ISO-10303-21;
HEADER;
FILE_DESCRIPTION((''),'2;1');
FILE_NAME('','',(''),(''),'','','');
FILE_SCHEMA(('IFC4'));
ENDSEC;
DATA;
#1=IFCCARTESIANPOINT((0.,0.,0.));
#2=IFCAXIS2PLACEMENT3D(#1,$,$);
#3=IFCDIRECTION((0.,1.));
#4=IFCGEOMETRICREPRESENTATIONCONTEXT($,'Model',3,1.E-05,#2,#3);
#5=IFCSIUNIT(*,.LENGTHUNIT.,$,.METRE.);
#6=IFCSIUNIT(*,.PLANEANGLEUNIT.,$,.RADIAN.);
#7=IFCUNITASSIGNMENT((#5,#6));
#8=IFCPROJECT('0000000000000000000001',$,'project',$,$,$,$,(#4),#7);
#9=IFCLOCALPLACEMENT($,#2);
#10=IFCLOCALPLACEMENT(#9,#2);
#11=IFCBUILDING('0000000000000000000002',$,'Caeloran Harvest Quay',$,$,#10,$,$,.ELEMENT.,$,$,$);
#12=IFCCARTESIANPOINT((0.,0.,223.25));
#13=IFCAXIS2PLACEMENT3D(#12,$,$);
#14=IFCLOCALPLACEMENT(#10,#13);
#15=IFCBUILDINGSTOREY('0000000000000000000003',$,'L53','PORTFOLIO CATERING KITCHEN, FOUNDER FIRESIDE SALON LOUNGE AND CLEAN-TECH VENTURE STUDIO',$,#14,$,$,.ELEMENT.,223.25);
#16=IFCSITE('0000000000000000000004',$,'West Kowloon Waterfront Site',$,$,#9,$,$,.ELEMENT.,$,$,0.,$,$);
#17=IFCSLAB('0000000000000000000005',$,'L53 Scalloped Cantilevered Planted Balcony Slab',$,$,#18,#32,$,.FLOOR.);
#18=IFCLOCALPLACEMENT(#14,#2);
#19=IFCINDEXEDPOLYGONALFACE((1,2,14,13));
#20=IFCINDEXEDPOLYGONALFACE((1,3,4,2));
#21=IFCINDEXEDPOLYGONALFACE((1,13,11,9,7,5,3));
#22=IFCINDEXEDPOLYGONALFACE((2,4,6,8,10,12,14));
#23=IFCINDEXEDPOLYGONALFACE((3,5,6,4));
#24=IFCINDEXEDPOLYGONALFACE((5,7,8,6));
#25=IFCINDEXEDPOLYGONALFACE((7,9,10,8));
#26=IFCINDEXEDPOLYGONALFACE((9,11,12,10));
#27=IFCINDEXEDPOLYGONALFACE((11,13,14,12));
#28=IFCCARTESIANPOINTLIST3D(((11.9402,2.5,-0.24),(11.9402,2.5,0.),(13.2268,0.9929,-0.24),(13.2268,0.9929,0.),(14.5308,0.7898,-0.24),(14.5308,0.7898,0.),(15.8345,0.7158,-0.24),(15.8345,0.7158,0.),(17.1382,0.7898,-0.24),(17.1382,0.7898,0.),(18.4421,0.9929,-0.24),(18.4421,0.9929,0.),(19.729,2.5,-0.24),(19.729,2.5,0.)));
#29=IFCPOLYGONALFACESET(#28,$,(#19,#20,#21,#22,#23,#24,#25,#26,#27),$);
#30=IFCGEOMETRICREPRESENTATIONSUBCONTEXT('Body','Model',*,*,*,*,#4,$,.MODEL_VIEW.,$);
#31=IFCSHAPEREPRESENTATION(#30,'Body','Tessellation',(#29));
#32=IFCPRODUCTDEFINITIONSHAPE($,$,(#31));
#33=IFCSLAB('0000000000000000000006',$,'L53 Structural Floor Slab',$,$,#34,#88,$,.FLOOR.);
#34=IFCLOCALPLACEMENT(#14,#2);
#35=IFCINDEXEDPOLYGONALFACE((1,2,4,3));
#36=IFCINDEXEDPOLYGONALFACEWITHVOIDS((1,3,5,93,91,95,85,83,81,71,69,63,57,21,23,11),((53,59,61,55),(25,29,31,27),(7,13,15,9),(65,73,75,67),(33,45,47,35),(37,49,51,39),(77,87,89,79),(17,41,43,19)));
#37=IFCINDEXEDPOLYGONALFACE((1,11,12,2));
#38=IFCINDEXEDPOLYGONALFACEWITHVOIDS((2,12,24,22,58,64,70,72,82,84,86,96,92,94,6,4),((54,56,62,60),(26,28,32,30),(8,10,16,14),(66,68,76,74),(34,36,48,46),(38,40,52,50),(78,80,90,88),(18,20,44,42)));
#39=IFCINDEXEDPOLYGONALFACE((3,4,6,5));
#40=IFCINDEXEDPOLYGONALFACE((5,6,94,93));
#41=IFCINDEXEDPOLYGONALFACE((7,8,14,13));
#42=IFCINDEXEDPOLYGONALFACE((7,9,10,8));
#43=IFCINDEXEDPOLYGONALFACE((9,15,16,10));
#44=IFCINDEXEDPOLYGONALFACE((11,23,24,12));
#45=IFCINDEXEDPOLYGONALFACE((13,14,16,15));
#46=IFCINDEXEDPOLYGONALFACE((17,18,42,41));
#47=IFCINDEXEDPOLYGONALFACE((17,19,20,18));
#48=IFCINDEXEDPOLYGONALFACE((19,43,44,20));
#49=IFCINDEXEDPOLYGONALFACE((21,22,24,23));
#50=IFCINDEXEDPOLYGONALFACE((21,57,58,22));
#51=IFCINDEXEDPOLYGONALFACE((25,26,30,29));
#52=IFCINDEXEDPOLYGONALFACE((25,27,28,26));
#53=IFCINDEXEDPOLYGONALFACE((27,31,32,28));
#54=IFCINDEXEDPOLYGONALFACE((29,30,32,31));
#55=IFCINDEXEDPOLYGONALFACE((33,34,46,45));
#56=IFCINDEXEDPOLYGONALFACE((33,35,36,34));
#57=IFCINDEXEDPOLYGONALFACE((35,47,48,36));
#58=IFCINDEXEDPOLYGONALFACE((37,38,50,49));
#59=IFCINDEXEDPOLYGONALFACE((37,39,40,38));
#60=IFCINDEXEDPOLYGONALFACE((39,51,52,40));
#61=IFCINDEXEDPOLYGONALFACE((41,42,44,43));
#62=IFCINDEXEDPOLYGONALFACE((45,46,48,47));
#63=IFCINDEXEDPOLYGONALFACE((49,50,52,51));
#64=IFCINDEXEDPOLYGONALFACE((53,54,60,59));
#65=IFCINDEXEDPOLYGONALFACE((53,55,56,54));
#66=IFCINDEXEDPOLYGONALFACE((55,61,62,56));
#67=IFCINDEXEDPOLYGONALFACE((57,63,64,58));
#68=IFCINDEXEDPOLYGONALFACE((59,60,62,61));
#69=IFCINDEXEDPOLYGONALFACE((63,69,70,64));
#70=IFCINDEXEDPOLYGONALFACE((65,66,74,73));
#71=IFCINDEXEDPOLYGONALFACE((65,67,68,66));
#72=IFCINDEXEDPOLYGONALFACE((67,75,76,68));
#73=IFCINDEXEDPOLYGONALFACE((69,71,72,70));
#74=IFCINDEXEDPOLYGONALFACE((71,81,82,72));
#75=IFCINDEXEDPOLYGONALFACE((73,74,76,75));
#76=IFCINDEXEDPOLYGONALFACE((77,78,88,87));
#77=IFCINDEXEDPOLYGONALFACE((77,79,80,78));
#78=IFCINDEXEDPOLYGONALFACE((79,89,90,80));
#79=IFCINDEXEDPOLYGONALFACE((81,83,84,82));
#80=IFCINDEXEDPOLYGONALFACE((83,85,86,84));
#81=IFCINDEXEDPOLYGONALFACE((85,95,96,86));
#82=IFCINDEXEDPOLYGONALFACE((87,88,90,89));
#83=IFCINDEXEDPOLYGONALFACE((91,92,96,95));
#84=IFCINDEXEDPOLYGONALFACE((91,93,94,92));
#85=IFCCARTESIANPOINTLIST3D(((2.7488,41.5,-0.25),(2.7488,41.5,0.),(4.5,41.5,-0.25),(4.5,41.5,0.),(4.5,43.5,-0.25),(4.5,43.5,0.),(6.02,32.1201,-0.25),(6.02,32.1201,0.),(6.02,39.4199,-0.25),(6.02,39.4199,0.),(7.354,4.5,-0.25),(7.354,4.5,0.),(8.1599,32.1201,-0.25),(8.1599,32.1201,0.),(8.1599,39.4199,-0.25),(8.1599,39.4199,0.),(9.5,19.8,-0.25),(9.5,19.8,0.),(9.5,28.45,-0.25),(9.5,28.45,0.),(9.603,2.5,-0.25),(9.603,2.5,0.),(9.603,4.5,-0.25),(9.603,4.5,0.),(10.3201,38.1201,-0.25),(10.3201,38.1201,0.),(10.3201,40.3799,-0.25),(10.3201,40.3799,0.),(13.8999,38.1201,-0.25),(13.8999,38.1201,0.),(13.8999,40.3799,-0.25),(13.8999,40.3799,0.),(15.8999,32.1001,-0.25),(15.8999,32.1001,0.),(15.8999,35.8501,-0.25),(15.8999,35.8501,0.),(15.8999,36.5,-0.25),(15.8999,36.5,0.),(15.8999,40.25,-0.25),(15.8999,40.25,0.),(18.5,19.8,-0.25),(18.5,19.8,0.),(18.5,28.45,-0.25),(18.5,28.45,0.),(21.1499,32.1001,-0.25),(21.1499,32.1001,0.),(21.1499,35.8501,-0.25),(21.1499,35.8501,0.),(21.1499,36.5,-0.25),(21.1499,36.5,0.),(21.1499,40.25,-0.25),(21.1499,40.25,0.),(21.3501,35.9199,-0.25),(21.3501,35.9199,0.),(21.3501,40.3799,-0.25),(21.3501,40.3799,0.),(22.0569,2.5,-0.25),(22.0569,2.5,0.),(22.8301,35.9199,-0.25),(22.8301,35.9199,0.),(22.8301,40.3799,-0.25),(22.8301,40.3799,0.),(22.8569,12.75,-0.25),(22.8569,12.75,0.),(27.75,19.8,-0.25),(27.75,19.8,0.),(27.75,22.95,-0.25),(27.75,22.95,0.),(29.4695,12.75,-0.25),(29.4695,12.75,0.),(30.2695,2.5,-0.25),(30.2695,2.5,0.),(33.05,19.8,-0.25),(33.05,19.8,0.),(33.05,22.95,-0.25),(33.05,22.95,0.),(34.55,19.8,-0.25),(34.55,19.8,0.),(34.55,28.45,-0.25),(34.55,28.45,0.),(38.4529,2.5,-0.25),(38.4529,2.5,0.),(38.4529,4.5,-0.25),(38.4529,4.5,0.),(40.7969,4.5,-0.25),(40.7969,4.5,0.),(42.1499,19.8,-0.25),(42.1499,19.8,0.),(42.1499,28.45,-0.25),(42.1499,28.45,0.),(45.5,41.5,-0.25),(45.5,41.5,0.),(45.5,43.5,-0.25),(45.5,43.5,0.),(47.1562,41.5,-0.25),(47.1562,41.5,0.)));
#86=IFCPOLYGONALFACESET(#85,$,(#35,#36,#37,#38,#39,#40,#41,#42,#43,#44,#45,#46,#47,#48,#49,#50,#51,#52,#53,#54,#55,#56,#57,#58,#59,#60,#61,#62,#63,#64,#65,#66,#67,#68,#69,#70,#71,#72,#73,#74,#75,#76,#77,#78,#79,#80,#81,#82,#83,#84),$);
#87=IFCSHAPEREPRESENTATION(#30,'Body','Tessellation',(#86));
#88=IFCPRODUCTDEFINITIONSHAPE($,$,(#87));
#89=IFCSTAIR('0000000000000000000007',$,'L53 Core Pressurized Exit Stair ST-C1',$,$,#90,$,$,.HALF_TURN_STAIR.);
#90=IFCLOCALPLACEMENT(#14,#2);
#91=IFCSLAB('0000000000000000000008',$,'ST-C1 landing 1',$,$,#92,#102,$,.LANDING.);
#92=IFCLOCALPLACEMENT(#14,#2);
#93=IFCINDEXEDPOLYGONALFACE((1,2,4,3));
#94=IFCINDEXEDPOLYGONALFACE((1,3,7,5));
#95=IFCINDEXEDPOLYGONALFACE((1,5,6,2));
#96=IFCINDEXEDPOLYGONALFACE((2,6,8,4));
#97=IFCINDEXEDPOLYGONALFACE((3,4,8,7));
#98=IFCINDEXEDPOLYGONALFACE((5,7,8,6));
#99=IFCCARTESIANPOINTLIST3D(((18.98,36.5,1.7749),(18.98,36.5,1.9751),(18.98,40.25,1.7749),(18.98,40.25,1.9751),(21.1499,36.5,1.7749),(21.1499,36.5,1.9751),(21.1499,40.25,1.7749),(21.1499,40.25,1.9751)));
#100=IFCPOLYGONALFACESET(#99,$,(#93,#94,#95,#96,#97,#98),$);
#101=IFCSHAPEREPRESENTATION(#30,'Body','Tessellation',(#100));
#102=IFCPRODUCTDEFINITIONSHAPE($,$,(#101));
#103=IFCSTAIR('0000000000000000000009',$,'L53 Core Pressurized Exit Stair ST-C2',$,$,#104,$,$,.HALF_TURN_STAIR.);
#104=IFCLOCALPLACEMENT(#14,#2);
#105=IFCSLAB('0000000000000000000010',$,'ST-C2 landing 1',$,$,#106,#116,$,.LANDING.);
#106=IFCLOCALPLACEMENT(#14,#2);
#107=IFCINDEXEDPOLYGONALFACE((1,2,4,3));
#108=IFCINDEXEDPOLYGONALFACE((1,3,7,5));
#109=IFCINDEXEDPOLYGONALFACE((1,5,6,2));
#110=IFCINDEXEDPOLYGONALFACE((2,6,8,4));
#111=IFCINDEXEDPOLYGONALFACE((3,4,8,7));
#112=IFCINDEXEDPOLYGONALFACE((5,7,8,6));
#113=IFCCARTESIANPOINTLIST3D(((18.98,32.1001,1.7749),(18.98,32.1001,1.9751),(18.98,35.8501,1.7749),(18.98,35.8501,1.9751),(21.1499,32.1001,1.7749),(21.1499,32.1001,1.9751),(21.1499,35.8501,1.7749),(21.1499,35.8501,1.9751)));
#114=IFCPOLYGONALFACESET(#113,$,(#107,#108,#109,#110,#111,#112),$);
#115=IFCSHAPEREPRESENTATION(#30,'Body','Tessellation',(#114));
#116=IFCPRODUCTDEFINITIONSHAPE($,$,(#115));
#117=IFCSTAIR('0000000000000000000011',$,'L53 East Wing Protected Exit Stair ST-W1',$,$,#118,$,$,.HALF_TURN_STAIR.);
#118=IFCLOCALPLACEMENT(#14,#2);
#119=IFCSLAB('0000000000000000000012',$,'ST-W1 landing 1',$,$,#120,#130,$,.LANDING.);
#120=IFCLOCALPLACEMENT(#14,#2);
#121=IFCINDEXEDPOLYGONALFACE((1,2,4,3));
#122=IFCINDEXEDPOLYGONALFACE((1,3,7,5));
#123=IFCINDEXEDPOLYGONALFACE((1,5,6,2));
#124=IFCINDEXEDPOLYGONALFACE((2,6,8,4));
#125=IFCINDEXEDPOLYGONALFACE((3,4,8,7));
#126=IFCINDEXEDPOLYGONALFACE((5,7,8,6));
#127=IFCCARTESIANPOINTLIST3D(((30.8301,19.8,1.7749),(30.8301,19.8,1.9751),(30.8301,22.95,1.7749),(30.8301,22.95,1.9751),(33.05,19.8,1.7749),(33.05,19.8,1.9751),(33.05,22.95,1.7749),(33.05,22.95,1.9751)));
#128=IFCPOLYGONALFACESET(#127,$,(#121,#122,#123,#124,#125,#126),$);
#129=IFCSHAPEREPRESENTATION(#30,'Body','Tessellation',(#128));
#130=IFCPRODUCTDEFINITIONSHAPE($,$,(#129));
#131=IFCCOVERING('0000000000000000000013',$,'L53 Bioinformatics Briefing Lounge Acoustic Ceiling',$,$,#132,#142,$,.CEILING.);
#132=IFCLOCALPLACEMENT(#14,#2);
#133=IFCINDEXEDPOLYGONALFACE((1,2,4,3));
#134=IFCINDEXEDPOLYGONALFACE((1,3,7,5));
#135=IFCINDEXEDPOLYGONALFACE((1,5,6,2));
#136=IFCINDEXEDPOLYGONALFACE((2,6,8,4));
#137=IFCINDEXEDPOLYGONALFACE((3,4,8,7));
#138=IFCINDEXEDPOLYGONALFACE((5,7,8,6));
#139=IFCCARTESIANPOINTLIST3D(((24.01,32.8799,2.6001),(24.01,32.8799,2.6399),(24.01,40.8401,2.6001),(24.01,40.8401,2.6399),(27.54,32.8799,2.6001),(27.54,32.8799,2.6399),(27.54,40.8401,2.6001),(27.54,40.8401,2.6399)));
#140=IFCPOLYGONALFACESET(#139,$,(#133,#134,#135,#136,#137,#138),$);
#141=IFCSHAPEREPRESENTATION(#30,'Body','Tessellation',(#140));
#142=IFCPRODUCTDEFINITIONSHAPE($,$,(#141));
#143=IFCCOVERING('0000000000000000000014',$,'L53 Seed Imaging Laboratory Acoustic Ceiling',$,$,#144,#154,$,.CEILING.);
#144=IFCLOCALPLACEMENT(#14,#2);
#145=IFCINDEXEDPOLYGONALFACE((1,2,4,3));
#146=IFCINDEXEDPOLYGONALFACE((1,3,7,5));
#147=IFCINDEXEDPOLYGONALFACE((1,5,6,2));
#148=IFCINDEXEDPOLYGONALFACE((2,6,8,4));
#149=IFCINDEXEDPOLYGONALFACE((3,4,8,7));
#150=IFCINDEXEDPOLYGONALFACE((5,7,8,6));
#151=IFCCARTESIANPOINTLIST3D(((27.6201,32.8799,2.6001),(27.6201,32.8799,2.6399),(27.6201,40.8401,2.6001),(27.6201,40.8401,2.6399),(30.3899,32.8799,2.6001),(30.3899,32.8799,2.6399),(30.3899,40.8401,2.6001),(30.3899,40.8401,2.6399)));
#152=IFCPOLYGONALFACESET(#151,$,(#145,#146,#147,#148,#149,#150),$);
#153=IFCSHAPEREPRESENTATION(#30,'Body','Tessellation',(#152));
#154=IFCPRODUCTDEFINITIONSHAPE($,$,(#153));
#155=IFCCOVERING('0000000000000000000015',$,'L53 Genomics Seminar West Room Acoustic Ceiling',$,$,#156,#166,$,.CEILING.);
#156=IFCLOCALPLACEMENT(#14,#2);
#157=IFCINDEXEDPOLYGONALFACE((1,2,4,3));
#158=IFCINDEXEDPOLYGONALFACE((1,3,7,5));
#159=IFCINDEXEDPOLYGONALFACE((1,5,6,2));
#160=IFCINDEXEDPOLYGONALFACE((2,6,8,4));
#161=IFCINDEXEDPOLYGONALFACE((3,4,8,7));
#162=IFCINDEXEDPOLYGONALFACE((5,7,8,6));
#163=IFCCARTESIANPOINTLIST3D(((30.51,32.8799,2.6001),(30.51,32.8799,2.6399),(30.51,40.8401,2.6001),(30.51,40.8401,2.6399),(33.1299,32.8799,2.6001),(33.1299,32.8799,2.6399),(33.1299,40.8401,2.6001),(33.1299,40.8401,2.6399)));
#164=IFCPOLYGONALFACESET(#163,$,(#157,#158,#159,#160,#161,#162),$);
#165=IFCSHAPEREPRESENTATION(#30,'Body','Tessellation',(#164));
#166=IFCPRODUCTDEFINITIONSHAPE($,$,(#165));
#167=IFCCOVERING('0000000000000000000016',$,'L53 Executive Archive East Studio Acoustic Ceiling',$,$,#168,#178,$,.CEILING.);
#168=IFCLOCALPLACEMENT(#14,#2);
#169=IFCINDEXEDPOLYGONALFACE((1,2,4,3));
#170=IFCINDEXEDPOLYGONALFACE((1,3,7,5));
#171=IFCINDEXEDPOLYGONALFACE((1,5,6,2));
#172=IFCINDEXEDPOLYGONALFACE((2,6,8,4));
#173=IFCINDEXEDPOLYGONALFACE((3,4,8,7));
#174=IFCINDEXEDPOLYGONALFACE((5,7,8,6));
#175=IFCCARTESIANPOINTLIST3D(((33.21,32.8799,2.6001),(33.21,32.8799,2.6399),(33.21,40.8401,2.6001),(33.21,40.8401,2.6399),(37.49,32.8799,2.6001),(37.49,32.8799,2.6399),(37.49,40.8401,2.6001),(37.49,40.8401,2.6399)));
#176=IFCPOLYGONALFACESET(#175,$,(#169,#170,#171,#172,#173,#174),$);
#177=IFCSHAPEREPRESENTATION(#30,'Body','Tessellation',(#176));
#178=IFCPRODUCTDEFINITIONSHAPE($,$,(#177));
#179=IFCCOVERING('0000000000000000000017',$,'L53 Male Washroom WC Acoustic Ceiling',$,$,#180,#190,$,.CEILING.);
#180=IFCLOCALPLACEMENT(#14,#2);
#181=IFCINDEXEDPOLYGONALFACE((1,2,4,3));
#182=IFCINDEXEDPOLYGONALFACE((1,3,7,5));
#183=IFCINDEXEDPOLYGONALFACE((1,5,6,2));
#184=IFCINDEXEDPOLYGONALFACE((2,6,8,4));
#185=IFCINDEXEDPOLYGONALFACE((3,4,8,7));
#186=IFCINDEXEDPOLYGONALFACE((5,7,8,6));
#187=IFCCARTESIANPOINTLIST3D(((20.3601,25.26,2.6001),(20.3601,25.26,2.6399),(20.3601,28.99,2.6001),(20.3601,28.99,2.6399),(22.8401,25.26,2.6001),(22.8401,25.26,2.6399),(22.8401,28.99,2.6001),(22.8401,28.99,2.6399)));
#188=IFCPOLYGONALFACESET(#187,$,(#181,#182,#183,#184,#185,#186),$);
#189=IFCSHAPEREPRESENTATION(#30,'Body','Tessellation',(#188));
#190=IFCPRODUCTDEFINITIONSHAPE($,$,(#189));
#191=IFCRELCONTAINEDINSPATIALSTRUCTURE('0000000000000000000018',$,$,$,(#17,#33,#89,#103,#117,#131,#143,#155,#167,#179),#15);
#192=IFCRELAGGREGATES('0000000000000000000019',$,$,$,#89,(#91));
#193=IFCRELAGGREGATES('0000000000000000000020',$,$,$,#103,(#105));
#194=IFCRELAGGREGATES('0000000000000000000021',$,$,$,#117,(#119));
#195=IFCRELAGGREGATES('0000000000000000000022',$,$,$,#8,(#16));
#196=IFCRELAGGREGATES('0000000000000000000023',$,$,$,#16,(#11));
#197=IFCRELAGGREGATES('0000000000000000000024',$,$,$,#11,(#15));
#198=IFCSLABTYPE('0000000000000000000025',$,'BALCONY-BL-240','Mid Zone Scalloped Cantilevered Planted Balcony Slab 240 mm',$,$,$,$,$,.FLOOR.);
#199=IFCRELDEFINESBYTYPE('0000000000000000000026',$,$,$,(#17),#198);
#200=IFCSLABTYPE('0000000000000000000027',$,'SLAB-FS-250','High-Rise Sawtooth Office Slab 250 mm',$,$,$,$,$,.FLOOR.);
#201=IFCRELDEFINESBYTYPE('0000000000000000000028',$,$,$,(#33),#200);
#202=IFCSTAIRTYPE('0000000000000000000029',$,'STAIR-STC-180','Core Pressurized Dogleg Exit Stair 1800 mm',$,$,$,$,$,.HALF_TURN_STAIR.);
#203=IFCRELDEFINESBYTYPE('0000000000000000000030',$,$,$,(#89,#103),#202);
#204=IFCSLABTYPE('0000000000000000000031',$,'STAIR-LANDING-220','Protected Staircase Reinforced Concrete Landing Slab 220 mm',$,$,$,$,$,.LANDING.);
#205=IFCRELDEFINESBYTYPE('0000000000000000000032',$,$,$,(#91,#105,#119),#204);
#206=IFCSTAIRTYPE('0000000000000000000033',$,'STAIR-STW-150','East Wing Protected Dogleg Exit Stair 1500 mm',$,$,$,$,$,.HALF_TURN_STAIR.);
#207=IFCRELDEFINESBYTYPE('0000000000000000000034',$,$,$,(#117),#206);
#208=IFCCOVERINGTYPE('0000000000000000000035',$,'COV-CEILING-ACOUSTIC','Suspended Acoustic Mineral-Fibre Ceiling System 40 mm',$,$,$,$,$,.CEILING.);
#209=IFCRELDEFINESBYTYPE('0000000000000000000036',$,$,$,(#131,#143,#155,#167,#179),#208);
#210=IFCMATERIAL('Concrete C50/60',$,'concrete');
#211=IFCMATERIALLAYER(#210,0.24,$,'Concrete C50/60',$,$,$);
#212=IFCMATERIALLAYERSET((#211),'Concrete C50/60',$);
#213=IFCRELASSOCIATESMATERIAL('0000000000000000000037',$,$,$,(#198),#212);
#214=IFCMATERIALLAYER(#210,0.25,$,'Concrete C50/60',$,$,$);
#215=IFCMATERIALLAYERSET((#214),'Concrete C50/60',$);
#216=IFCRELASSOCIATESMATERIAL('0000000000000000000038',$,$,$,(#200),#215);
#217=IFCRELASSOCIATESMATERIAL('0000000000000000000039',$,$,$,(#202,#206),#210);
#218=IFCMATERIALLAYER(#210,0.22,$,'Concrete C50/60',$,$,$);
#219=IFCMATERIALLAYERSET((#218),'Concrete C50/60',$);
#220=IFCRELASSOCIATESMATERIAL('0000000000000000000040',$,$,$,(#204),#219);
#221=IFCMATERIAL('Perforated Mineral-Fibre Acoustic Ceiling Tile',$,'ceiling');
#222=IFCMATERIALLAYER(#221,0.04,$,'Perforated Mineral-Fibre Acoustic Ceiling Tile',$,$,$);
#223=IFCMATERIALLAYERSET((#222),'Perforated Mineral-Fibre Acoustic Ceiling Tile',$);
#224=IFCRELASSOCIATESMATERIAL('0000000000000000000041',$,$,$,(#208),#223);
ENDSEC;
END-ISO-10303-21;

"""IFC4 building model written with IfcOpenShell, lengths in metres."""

from ifc_helpers import new_model, si_unit, direction, frame, origin, place, context, subcontext, project, spatial, polyline, outline, extrude, material, layer, layer_set, type_object, element, aggregate, save


model = new_model("IFC4")

# Units and contexts
model_context = context("Model", 3, precision=1e-05, world=origin(), true_north=direction((0.0, 1.0)))
body_context = subcontext(model_context, "Body", "Model", "MODEL_VIEW")
ifc_project = project(units=[si_unit("LENGTHUNIT", "METRE"), si_unit("PLANEANGLEUNIT", "RADIAN")], contexts=[model_context])

# Site, building, storey
site_placement = place(None, origin())
site = spatial("IfcSite", under=ifc_project, at=site_placement, Name="West Kowloon Waterfront Site", CompositionType="ELEMENT", RefElevation=0.0)
building_placement = place(site_placement, origin())
building = spatial("IfcBuilding", under=site, at=building_placement, Name="Caeloran Harvest Quay", CompositionType="ELEMENT")
storey_placement = place(building_placement, frame((0.0, 0.0, 223.25)))
storey = spatial("IfcBuildingStorey", under=building, at=storey_placement, Name="L53", Description="PORTFOLIO CATERING KITCHEN, FOUNDER FIRESIDE SALON LOUNGE AND CLEAN-TECH VENTURE STUDIO", CompositionType="ELEMENT", Elevation=223.25)

# Slabs
ifc_material_1 = material(Name="Concrete C50/60", Category="concrete")
ifc_layer_1 = layer(ifc_material_1, 0.24, Name="Concrete C50/60")
ifc_layer_set_1 = layer_set([ifc_layer_1], Name="Concrete C50/60")
slab_type_1 = type_object("IfcSlabType", Name="BALCONY-BL-240", Description="Mid Zone Scalloped Cantilevered Planted Balcony Slab 240 mm", PredefinedType="FLOOR", material=ifc_layer_set_1)
slab_1_placement = place(storey_placement, frame((0.0, 0.0, -0.24)))
element("IfcSlab", 1, at=slab_1_placement, inside=storey, type_object=slab_type_1, Name="L53 Scalloped Cantilevered Planted Balcony Slab", PredefinedType="FLOOR", context=body_context, shape_type="SweptSolid", body=[
    extrude(outline(polyline([(18.4421, 0.9929), (17.1382, 0.7898), (15.8345, 0.7158), (14.5308, 0.7898), (13.2268, 0.9929), (11.9402, 2.5), (19.729, 2.5), (18.4421, 0.9929)])), origin(), (0.0, 0.0, 1.0), 0.24),
])
ifc_layer_2 = layer(ifc_material_1, 0.25, Name="Concrete C50/60")
ifc_layer_set_2 = layer_set([ifc_layer_2], Name="Concrete C50/60")
slab_type_2 = type_object("IfcSlabType", Name="SLAB-FS-250", Description="High-Rise Sawtooth Office Slab 250 mm", PredefinedType="FLOOR", material=ifc_layer_set_2)
slab_2_placement = place(storey_placement, frame((0.0, 0.0, -0.25)))
element("IfcSlab", 2, at=slab_2_placement, inside=storey, type_object=slab_type_2, Name="L53 Structural Floor Slab", PredefinedType="FLOOR", context=body_context, shape_type="SweptSolid", body=[
    extrude(outline(polyline([(9.603, 2.5), (22.0569, 2.5), (22.8569, 12.75), (29.4695, 12.75), (30.2695, 2.5), (38.4529, 2.5), (38.4529, 4.5), (40.7969, 4.5), (47.1562, 41.5), (45.5, 41.5), (45.5, 43.5), (4.5, 43.5), (4.5, 41.5), (2.7488, 41.5), (7.354, 4.5), (9.603, 4.5), (9.603, 2.5)]), holes=[polyline([(27.75, 19.8), (27.75, 22.95), (33.05, 22.95), (33.05, 19.8), (27.75, 19.8)]), polyline([(18.5, 19.8), (9.5, 19.8), (9.5, 28.45), (18.5, 28.45), (18.5, 19.8)]), polyline([(42.1499, 19.8), (34.55, 19.8), (34.55, 28.45), (42.1499, 28.45), (42.1499, 19.8)]), polyline([(15.8999, 32.1001), (15.8999, 35.8501), (21.1499, 35.8501), (21.1499, 32.1001), (15.8999, 32.1001)]), polyline([(8.1599, 32.1201), (6.02, 32.1201), (6.02, 39.4199), (8.1599, 39.4199), (8.1599, 32.1201)]), polyline([(22.8301, 35.9199), (21.3501, 35.9199), (21.3501, 40.3799), (22.8301, 40.3799), (22.8301, 35.9199)]), polyline([(15.8999, 36.5), (15.8999, 40.25), (21.1499, 40.25), (21.1499, 36.5), (15.8999, 36.5)]), polyline([(13.8999, 38.1201), (10.3201, 38.1201), (10.3201, 40.3799), (13.8999, 40.3799), (13.8999, 38.1201)])]), origin(), (0.0, 0.0, 1.0), 0.25),
])

# Stairs, slabs
stair_type_1 = type_object("IfcStairType", Name="STAIR-STC-180", Description="Core Pressurized Dogleg Exit Stair 1800 mm", PredefinedType="HALF_TURN_STAIR", material=ifc_material_1)
stair_1_placement = place(storey_placement, origin())
stair_1 = element("IfcStair", 3, at=stair_1_placement, inside=storey, type_object=stair_type_1, Name="L53 Core Pressurized Exit Stair ST-C1", PredefinedType="HALF_TURN_STAIR")
ifc_layer_3 = layer(ifc_material_1, 0.22, Name="Concrete C50/60")
ifc_layer_set_3 = layer_set([ifc_layer_3], Name="Concrete C50/60")
slab_type_3 = type_object("IfcSlabType", Name="STAIR-LANDING-220", Description="Protected Staircase Reinforced Concrete Landing Slab 220 mm", PredefinedType="LANDING", material=ifc_layer_set_3)
slab_3_placement = place(storey_placement, frame((0.0, 0.0, 1.7749)))
slab_3 = element("IfcSlab", 4, at=slab_3_placement, type_object=slab_type_3, Name="ST-C1 landing 1", PredefinedType="LANDING", context=body_context, shape_type="SweptSolid", body=[
    extrude(outline(polyline([(18.98, 36.5), (21.1499, 36.5), (21.1499, 40.25), (18.98, 40.25), (18.98, 36.5)])), origin(), (0.0, 0.0, 1.0), 0.2002),
])
aggregate(stair_1, [slab_3])
stair_2_placement = place(storey_placement, origin())
stair_2 = element("IfcStair", 5, at=stair_2_placement, inside=storey, type_object=stair_type_1, Name="L53 Core Pressurized Exit Stair ST-C2", PredefinedType="HALF_TURN_STAIR")
slab_4_placement = place(storey_placement, frame((0.0, 0.0, 1.7749)))
slab_4 = element("IfcSlab", 6, at=slab_4_placement, type_object=slab_type_3, Name="ST-C2 landing 1", PredefinedType="LANDING", context=body_context, shape_type="SweptSolid", body=[
    extrude(outline(polyline([(18.98, 32.1001), (21.1499, 32.1001), (21.1499, 35.8501), (18.98, 35.8501), (18.98, 32.1001)])), origin(), (0.0, 0.0, 1.0), 0.2002),
])
aggregate(stair_2, [slab_4])
stair_type_2 = type_object("IfcStairType", Name="STAIR-STW-150", Description="East Wing Protected Dogleg Exit Stair 1500 mm", PredefinedType="HALF_TURN_STAIR", material=ifc_material_1)
stair_3_placement = place(storey_placement, origin())
stair_3 = element("IfcStair", 7, at=stair_3_placement, inside=storey, type_object=stair_type_2, Name="L53 East Wing Protected Exit Stair ST-W1", PredefinedType="HALF_TURN_STAIR")
slab_5_placement = place(storey_placement, frame((0.0, 0.0, 1.7749)))
slab_5 = element("IfcSlab", 8, at=slab_5_placement, type_object=slab_type_3, Name="ST-W1 landing 1", PredefinedType="LANDING", context=body_context, shape_type="SweptSolid", body=[
    extrude(outline(polyline([(30.8301, 19.8), (33.05, 19.8), (33.05, 22.95), (30.8301, 22.95), (30.8301, 19.8)])), origin(), (0.0, 0.0, 1.0), 0.2002),
])
aggregate(stair_3, [slab_5])

# Coverings
ifc_material_2 = material(Name="Perforated Mineral-Fibre Acoustic Ceiling Tile", Category="ceiling")
ifc_layer_4 = layer(ifc_material_2, 0.04, Name="Perforated Mineral-Fibre Acoustic Ceiling Tile")
ifc_layer_set_4 = layer_set([ifc_layer_4], Name="Perforated Mineral-Fibre Acoustic Ceiling Tile")
covering_type_1 = type_object("IfcCoveringType", Name="COV-CEILING-ACOUSTIC", Description="Suspended Acoustic Mineral-Fibre Ceiling System 40 mm", PredefinedType="CEILING", material=ifc_layer_set_4)
covering_1_placement = place(storey_placement, frame((0.0, 0.0, 2.6001)))
element("IfcCovering", 9, at=covering_1_placement, inside=storey, type_object=covering_type_1, Name="L53 Bioinformatics Briefing Lounge Acoustic Ceiling", PredefinedType="CEILING", context=body_context, shape_type="SweptSolid", body=[
    extrude(outline(polyline([(27.54, 40.8401), (27.54, 32.8799), (24.01, 32.8799), (24.01, 40.8401), (27.54, 40.8401)])), origin(), (0.0, 0.0, 1.0), 0.0398),
])
covering_2_placement = place(storey_placement, frame((0.0, 0.0, 2.6001)))
element("IfcCovering", 10, at=covering_2_placement, inside=storey, type_object=covering_type_1, Name="L53 Seed Imaging Laboratory Acoustic Ceiling", PredefinedType="CEILING", context=body_context, shape_type="SweptSolid", body=[
    extrude(outline(polyline([(30.3899, 40.8401), (30.3899, 32.8799), (27.6201, 32.8799), (27.6201, 40.8401), (30.3899, 40.8401)])), origin(), (0.0, 0.0, 1.0), 0.0398),
])
covering_3_placement = place(storey_placement, frame((0.0, 0.0, 2.6001)))
element("IfcCovering", 11, at=covering_3_placement, inside=storey, type_object=covering_type_1, Name="L53 Genomics Seminar West Room Acoustic Ceiling", PredefinedType="CEILING", context=body_context, shape_type="SweptSolid", body=[
    extrude(outline(polyline([(33.1299, 40.8401), (33.1299, 32.8799), (30.51, 32.8799), (30.51, 40.8401), (33.1299, 40.8401)])), origin(), (0.0, 0.0, 1.0), 0.0398),
])
covering_4_placement = place(storey_placement, frame((0.0, 0.0, 2.6001)))
element("IfcCovering", 12, at=covering_4_placement, inside=storey, type_object=covering_type_1, Name="L53 Executive Archive East Studio Acoustic Ceiling", PredefinedType="CEILING", context=body_context, shape_type="SweptSolid", body=[
    extrude(outline(polyline([(37.49, 40.8401), (37.49, 32.8799), (33.21, 32.8799), (33.21, 40.8401), (37.49, 40.8401)])), origin(), (0.0, 0.0, 1.0), 0.0398),
])
covering_5_placement = place(storey_placement, frame((0.0, 0.0, 2.6001)))
element("IfcCovering", 13, at=covering_5_placement, inside=storey, type_object=covering_type_1, Name="L53 Male Washroom WC Acoustic Ceiling", PredefinedType="CEILING", context=body_context, shape_type="SweptSolid", body=[
    extrude(outline(polyline([(22.8401, 28.99), (22.8401, 25.26), (20.3601, 25.26), (20.3601, 28.99), (22.8401, 28.99)])), origin(), (0.0, 0.0, 1.0), 0.0398),
])

save(model, "model.ifc")
